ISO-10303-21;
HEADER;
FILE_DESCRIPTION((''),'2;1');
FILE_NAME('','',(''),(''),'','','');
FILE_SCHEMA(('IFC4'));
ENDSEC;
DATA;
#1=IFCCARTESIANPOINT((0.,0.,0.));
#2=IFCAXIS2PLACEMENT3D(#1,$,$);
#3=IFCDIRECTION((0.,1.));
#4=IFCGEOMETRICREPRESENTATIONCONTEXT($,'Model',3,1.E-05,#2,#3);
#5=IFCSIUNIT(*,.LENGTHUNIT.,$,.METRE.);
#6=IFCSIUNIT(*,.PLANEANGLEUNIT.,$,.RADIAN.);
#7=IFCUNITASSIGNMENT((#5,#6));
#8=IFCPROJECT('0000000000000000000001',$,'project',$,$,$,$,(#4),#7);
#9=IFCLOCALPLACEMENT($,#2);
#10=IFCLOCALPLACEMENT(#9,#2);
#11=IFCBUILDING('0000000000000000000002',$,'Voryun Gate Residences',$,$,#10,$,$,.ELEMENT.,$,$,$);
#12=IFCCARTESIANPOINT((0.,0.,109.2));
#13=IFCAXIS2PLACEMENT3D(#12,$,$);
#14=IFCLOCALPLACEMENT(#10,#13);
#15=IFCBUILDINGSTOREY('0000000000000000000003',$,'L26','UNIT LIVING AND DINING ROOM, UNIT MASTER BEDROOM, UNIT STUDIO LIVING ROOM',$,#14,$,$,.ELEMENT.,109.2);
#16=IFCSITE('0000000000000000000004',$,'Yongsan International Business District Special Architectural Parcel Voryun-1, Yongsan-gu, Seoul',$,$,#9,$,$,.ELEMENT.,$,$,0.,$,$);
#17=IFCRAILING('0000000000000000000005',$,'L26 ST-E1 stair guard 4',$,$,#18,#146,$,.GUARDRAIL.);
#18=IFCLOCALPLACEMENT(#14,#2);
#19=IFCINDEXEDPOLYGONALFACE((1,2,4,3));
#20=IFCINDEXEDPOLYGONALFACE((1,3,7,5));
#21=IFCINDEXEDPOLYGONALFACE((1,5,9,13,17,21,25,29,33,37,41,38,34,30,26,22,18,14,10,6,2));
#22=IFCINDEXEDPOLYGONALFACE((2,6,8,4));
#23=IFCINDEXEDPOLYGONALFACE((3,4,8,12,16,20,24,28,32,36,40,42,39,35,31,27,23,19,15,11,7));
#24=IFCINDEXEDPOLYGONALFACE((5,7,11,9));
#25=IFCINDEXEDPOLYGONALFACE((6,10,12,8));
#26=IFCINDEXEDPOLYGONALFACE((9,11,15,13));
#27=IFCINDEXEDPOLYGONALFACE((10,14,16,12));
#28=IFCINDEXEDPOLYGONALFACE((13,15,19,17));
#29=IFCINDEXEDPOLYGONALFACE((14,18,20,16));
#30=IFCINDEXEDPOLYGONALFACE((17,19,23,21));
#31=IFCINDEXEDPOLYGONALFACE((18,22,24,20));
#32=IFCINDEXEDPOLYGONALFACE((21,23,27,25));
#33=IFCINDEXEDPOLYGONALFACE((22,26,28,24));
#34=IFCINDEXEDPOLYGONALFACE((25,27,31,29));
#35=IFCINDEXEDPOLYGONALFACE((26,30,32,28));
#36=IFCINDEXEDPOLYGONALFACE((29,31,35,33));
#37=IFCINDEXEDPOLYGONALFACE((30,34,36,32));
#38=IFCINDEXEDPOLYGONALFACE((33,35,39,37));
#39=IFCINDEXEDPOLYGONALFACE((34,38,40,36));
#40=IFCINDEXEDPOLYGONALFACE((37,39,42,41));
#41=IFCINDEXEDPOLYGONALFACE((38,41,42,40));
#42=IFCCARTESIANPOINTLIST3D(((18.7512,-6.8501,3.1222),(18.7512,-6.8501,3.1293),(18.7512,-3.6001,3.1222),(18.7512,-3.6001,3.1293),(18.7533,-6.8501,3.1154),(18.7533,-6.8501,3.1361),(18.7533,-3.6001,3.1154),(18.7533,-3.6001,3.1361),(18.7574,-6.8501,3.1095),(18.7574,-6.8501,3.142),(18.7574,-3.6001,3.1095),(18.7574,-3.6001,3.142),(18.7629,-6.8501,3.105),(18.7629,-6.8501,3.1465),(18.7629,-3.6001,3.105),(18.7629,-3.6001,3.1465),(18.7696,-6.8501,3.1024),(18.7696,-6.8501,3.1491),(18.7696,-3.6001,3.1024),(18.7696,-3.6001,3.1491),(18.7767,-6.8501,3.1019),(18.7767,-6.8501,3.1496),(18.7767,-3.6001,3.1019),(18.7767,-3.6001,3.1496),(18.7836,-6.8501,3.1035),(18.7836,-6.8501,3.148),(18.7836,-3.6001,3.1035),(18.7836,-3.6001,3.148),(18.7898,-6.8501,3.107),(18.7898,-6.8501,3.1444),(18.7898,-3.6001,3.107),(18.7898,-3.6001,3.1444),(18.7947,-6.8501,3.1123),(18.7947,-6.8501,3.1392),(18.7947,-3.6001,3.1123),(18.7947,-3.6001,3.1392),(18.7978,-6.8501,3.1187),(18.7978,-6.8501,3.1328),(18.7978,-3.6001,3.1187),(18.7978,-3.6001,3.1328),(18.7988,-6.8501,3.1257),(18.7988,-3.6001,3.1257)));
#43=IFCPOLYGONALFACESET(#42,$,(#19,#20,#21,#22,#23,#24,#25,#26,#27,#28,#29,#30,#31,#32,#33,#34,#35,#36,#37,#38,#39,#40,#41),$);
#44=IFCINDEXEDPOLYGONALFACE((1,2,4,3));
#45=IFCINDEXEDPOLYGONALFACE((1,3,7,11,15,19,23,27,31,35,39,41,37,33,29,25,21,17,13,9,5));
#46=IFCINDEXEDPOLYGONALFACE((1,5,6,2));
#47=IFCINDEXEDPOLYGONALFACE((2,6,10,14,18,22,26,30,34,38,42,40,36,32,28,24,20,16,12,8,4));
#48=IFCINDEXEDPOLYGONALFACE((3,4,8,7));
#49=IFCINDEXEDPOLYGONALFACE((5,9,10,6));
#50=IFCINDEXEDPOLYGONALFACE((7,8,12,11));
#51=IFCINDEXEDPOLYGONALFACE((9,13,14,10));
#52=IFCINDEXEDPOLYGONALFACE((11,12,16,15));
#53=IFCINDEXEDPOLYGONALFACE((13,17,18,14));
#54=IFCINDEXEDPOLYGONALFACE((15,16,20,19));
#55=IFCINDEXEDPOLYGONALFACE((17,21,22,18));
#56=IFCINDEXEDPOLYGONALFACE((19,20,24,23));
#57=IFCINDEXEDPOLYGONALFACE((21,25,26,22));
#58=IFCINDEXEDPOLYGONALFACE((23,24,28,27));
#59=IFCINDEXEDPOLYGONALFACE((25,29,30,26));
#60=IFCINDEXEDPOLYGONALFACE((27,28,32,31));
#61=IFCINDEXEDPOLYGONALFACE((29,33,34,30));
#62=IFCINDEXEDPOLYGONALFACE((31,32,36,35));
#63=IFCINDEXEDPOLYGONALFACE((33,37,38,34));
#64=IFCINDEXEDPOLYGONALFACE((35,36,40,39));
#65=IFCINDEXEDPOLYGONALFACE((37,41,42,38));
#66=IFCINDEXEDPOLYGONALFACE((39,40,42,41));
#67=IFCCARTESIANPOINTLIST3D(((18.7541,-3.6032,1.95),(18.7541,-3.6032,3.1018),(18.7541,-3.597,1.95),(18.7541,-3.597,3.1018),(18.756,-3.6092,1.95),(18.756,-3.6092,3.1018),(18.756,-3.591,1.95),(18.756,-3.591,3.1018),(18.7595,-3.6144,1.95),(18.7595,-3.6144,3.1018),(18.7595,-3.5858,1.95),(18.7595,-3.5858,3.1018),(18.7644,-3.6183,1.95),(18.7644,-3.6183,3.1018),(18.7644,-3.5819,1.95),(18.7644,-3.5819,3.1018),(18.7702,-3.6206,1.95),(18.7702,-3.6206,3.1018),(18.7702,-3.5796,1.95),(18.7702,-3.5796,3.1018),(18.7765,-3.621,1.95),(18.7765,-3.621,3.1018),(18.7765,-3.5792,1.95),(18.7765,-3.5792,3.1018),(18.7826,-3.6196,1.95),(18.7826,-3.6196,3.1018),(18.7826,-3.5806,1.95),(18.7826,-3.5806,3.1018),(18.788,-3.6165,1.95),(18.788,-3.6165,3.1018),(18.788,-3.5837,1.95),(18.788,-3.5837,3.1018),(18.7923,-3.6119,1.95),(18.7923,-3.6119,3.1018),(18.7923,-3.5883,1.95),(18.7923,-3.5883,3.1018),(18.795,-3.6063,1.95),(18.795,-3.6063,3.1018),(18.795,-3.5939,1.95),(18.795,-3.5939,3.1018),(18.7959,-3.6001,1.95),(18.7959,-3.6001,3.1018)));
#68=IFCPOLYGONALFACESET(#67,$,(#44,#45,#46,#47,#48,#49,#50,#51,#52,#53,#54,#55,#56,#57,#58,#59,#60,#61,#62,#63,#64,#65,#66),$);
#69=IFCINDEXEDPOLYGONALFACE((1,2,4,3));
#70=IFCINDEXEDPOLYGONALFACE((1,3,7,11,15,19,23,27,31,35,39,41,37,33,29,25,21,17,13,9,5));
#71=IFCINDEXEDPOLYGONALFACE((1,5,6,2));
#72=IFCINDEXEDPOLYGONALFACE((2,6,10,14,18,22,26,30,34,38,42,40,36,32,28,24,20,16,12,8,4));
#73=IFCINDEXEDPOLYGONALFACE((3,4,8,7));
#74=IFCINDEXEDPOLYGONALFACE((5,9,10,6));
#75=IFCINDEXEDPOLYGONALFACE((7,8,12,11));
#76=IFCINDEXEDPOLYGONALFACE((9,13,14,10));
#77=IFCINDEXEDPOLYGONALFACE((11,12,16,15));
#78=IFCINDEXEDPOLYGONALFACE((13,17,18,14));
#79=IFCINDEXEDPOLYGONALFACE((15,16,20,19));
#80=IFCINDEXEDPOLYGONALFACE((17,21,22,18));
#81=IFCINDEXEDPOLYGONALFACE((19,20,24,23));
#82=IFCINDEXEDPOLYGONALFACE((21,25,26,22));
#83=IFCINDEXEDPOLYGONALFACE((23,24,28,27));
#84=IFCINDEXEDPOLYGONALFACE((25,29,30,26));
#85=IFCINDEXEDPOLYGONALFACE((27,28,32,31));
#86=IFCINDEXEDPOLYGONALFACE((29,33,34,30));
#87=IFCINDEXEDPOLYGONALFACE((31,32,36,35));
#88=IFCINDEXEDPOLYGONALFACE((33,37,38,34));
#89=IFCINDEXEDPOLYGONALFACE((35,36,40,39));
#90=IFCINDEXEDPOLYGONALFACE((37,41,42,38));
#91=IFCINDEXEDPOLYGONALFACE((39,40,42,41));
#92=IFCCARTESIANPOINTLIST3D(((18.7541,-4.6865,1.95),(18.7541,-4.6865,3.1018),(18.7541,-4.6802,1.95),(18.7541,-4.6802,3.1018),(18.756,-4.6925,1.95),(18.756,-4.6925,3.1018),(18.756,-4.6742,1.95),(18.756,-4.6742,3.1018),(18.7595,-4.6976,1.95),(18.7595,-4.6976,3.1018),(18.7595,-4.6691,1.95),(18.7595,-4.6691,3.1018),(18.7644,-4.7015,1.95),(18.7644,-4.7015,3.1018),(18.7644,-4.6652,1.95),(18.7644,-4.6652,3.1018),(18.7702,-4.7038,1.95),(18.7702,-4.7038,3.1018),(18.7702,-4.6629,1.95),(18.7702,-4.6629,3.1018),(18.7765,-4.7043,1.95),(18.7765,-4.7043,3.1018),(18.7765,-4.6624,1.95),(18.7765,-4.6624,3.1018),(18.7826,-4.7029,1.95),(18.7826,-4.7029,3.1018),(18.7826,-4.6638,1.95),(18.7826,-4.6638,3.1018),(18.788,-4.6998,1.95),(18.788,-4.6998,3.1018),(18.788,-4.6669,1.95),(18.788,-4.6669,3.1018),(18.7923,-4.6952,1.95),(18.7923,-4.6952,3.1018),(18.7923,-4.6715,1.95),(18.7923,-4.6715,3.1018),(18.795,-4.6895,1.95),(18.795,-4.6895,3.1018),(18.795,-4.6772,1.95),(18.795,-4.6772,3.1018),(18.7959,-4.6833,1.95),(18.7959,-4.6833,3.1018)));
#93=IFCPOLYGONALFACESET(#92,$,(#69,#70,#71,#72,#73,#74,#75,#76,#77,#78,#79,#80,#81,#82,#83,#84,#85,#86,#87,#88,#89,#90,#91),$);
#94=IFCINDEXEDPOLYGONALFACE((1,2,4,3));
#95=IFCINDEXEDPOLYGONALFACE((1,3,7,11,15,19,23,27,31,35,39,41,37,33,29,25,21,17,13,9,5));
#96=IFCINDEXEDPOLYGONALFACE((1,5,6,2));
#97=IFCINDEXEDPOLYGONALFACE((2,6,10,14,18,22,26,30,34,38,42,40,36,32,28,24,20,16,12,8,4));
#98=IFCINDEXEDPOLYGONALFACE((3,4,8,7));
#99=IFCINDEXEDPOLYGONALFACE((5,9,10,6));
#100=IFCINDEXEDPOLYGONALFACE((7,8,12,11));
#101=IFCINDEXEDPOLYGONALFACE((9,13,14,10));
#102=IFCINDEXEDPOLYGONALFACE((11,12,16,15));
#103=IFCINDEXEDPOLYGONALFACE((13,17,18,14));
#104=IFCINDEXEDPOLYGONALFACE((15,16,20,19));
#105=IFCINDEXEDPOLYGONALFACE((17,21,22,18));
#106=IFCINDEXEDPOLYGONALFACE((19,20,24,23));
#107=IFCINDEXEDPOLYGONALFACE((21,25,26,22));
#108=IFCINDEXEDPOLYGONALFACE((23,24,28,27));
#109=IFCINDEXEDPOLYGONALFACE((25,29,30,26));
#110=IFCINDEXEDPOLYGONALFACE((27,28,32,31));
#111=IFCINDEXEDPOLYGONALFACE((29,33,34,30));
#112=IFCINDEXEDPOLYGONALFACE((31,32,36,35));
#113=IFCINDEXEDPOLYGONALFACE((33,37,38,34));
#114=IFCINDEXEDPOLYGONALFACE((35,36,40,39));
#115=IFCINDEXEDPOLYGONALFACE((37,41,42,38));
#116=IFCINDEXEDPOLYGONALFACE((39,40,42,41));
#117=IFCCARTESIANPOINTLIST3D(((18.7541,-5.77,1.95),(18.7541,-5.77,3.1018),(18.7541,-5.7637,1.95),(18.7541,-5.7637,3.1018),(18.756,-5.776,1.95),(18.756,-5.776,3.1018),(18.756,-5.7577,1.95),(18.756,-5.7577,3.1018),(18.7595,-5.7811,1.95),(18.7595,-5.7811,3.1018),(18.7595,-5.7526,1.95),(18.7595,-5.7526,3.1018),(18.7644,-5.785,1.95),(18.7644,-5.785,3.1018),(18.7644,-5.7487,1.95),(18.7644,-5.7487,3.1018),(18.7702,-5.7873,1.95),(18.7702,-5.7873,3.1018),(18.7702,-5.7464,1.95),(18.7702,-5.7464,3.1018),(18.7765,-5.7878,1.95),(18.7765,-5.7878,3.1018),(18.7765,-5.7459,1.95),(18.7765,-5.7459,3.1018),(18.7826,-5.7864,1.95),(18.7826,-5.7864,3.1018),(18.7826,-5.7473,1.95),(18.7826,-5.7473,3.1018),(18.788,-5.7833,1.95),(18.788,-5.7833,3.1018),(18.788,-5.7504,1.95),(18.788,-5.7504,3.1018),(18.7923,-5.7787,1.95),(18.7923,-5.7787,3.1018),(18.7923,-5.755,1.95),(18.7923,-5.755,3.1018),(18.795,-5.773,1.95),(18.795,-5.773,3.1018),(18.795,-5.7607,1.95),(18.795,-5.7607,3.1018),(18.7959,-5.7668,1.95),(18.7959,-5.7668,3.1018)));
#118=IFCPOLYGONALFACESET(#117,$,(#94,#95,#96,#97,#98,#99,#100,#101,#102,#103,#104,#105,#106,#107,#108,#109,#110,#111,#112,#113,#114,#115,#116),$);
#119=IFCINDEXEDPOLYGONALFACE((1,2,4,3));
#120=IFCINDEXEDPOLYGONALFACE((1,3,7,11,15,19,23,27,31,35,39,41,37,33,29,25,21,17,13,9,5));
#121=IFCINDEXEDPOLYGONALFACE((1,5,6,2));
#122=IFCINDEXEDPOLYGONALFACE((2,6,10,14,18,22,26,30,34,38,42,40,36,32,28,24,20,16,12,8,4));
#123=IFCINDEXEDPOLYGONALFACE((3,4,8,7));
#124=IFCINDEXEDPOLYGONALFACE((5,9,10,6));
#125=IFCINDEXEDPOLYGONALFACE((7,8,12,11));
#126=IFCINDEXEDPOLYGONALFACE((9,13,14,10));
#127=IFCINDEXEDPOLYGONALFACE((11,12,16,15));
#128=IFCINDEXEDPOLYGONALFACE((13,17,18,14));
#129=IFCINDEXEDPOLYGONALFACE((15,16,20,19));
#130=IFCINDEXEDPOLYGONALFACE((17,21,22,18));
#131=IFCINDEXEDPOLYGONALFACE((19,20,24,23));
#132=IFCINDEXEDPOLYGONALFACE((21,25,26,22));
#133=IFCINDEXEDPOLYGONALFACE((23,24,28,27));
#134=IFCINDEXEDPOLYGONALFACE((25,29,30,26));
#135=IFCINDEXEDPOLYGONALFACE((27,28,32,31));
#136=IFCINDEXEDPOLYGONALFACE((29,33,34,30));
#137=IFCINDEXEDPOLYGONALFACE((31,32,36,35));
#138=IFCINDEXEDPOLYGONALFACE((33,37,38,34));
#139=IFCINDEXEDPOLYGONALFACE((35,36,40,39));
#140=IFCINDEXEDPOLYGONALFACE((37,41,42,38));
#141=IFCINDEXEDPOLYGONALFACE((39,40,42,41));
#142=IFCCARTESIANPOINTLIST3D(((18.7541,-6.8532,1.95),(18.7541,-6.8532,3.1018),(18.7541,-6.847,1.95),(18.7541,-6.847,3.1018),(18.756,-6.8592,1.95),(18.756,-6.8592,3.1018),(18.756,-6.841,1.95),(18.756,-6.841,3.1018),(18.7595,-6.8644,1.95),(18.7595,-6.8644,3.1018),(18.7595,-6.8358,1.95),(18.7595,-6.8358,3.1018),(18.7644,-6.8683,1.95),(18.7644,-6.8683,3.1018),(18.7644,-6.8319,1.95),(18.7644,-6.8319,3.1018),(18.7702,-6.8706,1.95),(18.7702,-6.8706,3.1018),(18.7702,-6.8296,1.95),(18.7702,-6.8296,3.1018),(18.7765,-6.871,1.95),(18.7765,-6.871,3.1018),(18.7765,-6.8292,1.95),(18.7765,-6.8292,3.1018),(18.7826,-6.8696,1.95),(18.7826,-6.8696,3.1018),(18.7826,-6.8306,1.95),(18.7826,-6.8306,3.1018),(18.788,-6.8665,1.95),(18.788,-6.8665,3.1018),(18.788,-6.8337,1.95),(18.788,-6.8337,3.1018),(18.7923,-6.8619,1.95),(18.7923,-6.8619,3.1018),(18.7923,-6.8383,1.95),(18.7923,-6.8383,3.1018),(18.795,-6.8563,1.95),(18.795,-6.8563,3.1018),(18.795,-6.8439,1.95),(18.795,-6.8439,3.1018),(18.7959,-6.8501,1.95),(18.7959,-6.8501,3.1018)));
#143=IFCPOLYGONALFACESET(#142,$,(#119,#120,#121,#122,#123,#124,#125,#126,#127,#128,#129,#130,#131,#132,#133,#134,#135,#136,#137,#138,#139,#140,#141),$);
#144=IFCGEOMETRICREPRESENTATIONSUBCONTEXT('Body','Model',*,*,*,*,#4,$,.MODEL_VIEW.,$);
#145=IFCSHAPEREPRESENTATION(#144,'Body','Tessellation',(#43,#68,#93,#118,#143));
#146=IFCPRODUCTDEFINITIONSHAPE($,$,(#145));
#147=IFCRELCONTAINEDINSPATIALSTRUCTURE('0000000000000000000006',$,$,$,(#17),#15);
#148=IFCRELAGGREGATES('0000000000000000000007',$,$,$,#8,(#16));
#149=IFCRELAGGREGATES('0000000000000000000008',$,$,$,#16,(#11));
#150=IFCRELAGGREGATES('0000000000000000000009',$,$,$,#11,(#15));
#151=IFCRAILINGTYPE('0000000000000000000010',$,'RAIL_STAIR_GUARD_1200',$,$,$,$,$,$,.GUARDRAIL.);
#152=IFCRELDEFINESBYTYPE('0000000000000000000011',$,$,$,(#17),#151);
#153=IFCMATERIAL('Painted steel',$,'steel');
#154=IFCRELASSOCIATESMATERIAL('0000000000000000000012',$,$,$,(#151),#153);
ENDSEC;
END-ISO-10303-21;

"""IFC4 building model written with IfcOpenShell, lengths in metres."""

from ifc_helpers import new_model, si_unit, direction, frame, origin, origin_2d, place, context, subcontext, project, spatial, circle, extrude, material, type_object, element, save


model = new_model("IFC4")

# Units and contexts
model_context = context("Model", 3, precision=1e-05, world=origin(), true_north=direction((0.0, 1.0)))
body_context = subcontext(model_context, "Body", "Model", "MODEL_VIEW")
ifc_project = project(units=[si_unit("LENGTHUNIT", "METRE"), si_unit("PLANEANGLEUNIT", "RADIAN")], contexts=[model_context])

# Site, building, storey
site_placement = place(None, origin())
site = spatial("IfcSite", under=ifc_project, at=site_placement, Name="Yongsan International Business District Special Architectural Parcel Voryun-1, Yongsan-gu, Seoul", CompositionType="ELEMENT", RefElevation=0.0)
building_placement = place(site_placement, origin())
building = spatial("IfcBuilding", under=site, at=building_placement, Name="Voryun Gate Residences", CompositionType="ELEMENT")
storey_placement = place(building_placement, frame((0.0, 0.0, 109.2)))
storey = spatial("IfcBuildingStorey", under=building, at=storey_placement, Name="L26", Description="UNIT LIVING AND DINING ROOM, UNIT MASTER BEDROOM, UNIT STUDIO LIVING ROOM", CompositionType="ELEMENT", Elevation=109.2)

# Railing
ifc_material_1 = material(Name="Painted steel", Category="steel")
railing_type_1 = type_object("IfcRailingType", Name="RAIL_STAIR_GUARD_1200", PredefinedType="GUARDRAIL", material=ifc_material_1)
railing_1_placement = place(storey_placement, frame((18.7749, -3.6001, 1.95)))
element("IfcRailing", 1, at=railing_1_placement, inside=storey, type_object=railing_type_1, Name="L26 ST-E1 stair guard 4", PredefinedType="GUARDRAIL", context=body_context, shape_type="SweptSolid", body=[
    extrude(circle(Radius=0.0239, at=origin_2d()), frame((0.0, 0.0, 1.1758), z_axis=(0.0, -1.0, 0.0), x_axis=(1.0, 0.0, 0.0)), (0.0, 0.0, 1.0), 3.25),
    extrude(circle(Radius=0.021, at=origin_2d()), origin(), (0.0, 0.0, 1.0), 1.1519),
    extrude(circle(Radius=0.021, at=origin_2d()), frame((0.0, -1.0833, 0.0)), (0.0, 0.0, 1.0), 1.1519),
    extrude(circle(Radius=0.021, at=origin_2d()), frame((0.0, -2.1667, 0.0)), (0.0, 0.0, 1.0), 1.1519),
    extrude(circle(Radius=0.021, at=origin_2d()), frame((0.0, -3.25, 0.0)), (0.0, 0.0, 1.0), 1.1519),
])

save(model, "model.ifc")
